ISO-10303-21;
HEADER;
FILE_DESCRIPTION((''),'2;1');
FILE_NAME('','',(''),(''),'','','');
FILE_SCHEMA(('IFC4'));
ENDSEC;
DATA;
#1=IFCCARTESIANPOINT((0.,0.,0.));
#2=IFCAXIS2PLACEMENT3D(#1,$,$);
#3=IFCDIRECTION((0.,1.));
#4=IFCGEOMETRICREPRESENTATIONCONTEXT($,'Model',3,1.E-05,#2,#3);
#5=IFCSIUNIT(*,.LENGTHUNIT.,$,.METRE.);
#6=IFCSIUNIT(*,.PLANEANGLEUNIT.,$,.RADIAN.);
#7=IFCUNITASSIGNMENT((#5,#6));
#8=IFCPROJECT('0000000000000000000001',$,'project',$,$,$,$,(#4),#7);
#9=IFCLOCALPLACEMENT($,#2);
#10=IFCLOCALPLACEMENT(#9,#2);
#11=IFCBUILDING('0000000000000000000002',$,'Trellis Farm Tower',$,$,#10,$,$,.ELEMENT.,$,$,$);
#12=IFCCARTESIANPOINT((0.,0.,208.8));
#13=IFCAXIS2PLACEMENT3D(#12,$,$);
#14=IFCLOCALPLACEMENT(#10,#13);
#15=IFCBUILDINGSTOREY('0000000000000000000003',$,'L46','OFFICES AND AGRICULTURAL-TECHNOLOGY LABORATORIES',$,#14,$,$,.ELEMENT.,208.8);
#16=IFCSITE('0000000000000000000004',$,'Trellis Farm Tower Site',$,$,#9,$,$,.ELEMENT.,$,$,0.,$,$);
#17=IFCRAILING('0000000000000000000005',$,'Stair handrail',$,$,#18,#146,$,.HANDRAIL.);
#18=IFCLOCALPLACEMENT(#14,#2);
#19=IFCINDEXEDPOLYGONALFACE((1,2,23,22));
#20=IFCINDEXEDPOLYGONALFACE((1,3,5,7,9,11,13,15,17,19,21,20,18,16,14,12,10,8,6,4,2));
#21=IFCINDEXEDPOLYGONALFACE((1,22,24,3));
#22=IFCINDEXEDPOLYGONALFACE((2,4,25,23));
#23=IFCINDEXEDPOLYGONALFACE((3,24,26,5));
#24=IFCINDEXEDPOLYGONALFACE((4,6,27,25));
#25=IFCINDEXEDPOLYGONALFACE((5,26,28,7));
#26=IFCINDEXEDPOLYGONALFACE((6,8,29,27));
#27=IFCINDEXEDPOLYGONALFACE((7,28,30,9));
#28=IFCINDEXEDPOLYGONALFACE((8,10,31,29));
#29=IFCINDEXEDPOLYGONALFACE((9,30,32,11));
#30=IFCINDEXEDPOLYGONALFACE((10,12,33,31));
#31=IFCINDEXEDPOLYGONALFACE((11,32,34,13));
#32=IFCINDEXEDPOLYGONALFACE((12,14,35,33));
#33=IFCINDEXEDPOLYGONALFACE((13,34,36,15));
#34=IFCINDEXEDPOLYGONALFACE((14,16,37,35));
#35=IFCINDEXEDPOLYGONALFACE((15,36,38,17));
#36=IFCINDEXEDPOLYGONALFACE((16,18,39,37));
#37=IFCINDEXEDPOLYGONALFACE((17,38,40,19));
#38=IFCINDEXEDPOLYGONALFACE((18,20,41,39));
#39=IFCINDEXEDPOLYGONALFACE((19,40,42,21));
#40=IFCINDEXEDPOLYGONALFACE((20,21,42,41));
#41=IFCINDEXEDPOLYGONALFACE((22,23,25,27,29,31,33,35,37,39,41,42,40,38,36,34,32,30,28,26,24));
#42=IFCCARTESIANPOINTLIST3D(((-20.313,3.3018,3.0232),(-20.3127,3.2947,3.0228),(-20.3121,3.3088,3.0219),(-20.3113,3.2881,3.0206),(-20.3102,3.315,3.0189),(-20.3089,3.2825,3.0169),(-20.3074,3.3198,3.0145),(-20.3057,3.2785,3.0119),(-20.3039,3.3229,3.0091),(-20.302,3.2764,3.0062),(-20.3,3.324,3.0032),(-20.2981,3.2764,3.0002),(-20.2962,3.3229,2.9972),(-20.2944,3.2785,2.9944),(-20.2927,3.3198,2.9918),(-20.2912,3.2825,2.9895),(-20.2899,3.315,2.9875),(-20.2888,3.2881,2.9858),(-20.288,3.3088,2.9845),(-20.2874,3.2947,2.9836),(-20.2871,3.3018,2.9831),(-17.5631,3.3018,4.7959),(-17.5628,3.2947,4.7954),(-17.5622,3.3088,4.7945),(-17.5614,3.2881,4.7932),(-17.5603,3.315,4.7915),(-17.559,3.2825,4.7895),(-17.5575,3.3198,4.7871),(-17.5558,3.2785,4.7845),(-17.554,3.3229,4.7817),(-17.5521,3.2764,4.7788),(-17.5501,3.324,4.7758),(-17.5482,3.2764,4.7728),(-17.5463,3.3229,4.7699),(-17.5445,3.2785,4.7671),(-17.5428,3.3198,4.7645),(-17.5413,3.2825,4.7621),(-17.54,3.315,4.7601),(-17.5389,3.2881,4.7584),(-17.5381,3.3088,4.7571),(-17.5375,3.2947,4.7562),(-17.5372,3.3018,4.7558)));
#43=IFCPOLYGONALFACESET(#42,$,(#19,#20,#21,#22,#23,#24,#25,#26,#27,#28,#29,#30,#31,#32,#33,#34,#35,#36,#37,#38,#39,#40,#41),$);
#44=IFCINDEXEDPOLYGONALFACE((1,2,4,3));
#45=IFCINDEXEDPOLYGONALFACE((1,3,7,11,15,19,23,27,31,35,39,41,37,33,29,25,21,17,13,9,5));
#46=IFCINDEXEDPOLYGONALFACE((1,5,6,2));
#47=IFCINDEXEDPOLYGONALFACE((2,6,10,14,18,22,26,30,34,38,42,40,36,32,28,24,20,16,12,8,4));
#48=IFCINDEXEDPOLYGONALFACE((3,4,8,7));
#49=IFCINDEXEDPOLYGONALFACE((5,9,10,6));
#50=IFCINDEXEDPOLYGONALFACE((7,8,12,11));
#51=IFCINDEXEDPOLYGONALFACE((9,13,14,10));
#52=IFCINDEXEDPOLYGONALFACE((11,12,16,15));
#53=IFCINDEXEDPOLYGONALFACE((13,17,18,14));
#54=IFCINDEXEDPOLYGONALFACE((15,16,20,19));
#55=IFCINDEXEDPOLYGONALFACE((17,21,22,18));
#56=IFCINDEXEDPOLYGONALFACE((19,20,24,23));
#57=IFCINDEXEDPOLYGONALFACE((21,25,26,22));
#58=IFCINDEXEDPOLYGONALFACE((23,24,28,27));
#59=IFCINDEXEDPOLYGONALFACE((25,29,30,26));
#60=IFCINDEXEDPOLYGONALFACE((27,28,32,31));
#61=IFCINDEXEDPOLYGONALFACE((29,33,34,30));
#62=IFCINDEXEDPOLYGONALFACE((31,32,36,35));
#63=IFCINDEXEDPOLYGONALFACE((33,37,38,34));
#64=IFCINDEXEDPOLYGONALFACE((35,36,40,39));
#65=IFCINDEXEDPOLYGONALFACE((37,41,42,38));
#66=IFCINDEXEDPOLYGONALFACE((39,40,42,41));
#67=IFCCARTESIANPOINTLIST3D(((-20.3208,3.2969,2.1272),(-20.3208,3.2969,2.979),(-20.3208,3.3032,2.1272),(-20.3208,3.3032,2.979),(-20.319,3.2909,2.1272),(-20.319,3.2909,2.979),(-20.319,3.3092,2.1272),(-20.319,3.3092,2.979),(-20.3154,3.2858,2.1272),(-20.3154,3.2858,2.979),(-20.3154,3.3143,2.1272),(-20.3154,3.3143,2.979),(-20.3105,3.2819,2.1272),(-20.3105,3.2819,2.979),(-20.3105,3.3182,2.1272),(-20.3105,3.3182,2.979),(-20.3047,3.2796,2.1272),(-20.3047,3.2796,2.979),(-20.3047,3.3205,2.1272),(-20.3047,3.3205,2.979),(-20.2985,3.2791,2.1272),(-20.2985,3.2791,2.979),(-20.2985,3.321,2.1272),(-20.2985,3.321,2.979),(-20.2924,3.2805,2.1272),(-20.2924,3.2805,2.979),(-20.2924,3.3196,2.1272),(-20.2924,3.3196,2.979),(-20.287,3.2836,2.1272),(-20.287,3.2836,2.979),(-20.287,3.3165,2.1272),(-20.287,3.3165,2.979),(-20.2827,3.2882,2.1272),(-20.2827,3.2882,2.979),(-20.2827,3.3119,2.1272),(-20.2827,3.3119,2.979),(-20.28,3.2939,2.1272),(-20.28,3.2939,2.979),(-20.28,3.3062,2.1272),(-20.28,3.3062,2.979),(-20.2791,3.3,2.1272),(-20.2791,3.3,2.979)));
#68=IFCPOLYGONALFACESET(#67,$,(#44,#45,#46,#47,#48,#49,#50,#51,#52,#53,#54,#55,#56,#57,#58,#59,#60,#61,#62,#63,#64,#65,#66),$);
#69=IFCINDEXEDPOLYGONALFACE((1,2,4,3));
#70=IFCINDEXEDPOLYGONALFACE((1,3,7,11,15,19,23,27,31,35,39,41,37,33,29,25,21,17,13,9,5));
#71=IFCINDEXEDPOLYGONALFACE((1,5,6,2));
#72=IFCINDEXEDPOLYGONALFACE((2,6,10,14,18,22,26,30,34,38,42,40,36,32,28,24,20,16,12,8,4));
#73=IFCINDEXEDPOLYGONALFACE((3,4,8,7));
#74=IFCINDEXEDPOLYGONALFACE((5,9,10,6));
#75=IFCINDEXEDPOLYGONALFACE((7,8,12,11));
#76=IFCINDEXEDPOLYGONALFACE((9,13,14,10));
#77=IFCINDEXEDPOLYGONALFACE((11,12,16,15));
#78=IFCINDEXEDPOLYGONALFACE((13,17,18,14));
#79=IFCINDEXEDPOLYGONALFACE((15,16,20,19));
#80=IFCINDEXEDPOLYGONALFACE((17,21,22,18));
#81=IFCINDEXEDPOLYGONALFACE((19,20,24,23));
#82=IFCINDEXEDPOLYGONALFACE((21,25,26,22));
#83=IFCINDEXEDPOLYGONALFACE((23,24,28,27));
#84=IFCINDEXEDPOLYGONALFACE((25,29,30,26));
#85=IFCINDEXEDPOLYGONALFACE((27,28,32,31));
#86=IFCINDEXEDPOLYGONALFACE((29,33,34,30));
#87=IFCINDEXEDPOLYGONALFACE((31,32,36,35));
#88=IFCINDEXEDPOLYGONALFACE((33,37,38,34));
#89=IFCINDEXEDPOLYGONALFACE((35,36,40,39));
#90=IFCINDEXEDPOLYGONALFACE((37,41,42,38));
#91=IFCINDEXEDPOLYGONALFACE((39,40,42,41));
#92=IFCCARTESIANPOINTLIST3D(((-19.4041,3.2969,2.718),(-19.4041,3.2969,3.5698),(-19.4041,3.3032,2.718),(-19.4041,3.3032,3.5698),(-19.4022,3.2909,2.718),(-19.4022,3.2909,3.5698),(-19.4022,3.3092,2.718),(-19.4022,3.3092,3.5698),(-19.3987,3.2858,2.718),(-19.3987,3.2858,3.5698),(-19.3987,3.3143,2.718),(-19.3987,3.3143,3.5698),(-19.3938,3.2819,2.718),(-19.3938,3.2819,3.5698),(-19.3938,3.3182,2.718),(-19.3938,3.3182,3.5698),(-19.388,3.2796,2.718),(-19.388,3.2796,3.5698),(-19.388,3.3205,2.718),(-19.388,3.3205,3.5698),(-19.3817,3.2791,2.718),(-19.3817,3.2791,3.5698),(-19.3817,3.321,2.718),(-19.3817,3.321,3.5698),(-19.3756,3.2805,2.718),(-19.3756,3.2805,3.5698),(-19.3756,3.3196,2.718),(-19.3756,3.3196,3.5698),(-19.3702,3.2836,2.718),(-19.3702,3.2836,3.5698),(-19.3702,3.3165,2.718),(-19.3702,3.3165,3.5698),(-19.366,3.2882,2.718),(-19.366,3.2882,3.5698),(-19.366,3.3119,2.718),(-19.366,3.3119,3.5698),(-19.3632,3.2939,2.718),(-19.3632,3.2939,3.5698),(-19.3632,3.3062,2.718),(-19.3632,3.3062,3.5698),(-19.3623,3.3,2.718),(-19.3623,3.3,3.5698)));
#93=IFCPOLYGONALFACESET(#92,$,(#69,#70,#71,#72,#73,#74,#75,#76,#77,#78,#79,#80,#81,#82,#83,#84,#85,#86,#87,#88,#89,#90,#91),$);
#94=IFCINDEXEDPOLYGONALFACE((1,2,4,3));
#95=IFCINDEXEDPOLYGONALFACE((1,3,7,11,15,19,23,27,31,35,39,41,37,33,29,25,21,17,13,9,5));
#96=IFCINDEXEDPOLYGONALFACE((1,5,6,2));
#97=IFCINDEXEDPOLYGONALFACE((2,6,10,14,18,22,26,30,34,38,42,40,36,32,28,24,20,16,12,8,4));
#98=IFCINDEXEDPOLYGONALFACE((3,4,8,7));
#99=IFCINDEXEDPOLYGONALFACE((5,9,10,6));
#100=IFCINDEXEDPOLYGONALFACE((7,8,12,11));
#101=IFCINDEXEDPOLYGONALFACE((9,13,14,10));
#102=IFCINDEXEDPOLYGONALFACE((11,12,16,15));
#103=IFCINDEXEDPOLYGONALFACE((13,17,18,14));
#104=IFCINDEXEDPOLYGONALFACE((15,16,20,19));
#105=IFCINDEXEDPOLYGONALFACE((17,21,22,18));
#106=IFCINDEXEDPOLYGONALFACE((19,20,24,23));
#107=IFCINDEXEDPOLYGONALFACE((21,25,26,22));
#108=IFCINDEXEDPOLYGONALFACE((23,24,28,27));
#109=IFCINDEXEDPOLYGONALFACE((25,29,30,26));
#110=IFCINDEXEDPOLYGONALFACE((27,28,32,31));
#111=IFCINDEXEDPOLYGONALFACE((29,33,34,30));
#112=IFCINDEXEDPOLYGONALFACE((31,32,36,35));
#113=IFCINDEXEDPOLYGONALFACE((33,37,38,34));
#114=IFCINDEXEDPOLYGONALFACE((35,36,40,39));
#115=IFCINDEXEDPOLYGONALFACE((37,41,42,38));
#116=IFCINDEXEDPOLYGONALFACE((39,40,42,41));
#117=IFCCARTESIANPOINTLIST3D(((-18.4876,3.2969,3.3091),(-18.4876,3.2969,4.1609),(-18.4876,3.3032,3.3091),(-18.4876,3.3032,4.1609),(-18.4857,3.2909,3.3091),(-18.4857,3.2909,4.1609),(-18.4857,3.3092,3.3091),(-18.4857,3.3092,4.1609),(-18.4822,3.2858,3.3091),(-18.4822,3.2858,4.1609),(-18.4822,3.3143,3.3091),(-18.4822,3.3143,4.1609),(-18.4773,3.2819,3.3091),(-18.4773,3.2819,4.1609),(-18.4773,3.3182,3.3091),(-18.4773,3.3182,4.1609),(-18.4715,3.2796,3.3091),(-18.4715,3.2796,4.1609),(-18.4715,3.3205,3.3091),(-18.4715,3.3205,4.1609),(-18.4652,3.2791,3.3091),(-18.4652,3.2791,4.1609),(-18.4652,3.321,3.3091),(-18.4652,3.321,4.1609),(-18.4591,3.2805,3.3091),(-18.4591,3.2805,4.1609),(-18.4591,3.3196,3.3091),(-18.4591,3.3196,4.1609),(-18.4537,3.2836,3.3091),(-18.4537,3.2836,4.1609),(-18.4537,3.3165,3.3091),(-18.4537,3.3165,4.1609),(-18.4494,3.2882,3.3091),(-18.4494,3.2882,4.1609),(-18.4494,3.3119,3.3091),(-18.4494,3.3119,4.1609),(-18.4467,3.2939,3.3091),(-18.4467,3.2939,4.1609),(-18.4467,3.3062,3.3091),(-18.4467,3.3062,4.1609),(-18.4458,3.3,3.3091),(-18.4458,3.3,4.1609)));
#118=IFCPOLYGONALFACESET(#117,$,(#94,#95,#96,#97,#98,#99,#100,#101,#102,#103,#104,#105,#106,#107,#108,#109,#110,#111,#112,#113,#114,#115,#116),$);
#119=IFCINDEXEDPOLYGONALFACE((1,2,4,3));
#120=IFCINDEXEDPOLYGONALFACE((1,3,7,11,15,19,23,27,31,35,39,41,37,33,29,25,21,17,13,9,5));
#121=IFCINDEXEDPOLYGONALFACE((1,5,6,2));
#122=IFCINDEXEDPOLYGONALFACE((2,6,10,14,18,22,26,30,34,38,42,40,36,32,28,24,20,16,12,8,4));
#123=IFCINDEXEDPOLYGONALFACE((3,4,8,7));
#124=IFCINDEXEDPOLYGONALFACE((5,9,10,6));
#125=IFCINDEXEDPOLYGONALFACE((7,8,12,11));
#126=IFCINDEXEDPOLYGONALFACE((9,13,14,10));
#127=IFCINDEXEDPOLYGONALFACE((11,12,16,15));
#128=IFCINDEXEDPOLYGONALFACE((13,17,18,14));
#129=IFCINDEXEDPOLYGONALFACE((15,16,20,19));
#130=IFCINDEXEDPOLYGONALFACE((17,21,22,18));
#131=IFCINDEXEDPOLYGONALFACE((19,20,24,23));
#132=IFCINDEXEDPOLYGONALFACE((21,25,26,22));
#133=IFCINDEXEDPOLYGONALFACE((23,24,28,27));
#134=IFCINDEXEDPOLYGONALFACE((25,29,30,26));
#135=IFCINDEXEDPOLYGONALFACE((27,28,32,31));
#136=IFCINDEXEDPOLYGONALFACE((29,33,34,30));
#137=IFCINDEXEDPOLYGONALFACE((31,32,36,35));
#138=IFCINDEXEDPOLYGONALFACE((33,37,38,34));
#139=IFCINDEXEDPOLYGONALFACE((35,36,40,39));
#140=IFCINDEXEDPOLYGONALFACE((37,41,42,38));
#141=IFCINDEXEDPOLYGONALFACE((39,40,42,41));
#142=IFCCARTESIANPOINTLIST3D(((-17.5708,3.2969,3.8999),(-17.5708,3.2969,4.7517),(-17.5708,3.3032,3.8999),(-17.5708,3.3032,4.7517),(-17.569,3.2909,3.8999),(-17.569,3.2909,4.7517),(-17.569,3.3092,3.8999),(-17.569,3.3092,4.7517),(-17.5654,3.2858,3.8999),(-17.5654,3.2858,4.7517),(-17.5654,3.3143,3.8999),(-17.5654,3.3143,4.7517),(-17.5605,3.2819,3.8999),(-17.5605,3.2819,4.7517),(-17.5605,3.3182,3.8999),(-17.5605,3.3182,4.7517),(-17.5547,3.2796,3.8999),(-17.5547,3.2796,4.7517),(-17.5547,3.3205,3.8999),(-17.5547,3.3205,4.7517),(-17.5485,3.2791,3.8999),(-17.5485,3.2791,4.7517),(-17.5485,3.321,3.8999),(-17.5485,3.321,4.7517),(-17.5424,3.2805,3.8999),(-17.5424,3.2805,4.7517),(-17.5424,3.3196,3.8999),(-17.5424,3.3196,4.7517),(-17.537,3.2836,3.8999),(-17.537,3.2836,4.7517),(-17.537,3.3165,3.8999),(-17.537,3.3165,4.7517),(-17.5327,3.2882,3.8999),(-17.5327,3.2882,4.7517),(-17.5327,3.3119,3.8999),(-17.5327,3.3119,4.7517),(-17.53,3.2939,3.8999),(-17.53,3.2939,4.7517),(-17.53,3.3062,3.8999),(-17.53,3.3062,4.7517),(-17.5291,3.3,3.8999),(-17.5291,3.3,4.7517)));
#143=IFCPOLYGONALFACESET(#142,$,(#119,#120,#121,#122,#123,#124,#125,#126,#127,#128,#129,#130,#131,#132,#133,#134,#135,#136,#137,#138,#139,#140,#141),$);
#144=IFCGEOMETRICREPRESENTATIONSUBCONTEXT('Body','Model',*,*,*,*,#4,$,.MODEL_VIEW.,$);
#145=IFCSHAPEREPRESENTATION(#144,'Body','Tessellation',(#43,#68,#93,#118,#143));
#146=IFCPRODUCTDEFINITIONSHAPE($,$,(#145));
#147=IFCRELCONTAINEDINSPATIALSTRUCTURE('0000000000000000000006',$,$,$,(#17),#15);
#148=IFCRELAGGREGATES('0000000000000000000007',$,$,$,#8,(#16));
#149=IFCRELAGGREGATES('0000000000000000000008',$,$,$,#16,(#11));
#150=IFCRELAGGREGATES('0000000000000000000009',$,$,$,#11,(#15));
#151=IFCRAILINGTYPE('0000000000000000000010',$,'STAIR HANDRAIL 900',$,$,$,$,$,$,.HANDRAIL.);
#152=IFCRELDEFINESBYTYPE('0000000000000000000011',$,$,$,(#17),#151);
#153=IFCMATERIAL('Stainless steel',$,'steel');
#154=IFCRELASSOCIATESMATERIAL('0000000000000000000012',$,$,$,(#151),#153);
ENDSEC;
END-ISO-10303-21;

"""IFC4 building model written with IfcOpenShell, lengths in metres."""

from ifc_helpers import new_model, si_unit, direction, frame, origin, origin_2d, place, context, subcontext, project, spatial, circle, extrude, source, transform, mapped, material, type_object, element, save


model = new_model("IFC4")

# Units and contexts
model_context = context("Model", 3, precision=1e-05, world=origin(), true_north=direction((0.0, 1.0)))
body_context = subcontext(model_context, "Body", "Model", "MODEL_VIEW")
ifc_project = project(units=[si_unit("LENGTHUNIT", "METRE"), si_unit("PLANEANGLEUNIT", "RADIAN")], contexts=[model_context])

# Site, building, storey
site_placement = place(None, origin())
site = spatial("IfcSite", under=ifc_project, at=site_placement, Name="Trellis Farm Tower Site", CompositionType="ELEMENT", RefElevation=0.0)
building_placement = place(site_placement, origin())
building = spatial("IfcBuilding", under=site, at=building_placement, Name="Trellis Farm Tower", CompositionType="ELEMENT")
storey_placement = place(building_placement, frame((0.0, 0.0, 208.8)))
storey = spatial("IfcBuildingStorey", under=building, at=storey_placement, Name="L46", Description="OFFICES AND AGRICULTURAL-TECHNOLOGY LABORATORIES", CompositionType="ELEMENT", Elevation=208.8)

# Railing
ifc_material_1 = material(Name="Stainless steel", Category="steel")
railing_type_1 = type_object("IfcRailingType", Name="STAIR HANDRAIL 900", PredefinedType="HANDRAIL", material=ifc_material_1)
shared_shape_1 = source(origin(), body_context, "Body", "SweptSolid", [
    extrude(circle(Radius=0.0239, at=origin_2d()), frame((0.0, 0.0, 0.876), z_axis=(0.840504, 0.0, 0.541806), x_axis=(0.0, 1.0, 0.0)), (0.0, 0.0, 1.0), 3.2717),
    extrude(circle(Radius=0.021, at=origin_2d()), origin(), (0.0, 0.0, 1.0), 0.8518),
    extrude(circle(Radius=0.021, at=origin_2d()), frame((0.9167, 0.0, 0.5908)), (0.0, 0.0, 1.0), 0.8518),
    extrude(circle(Radius=0.021, at=origin_2d()), frame((1.8333, 0.0, 1.1819)), (0.0, 0.0, 1.0), 0.8518),
    extrude(circle(Radius=0.021, at=origin_2d()), frame((2.75, 0.0, 1.7727)), (0.0, 0.0, 1.0), 0.8518),
])
for number, where, name in (
    (1, (-20.3, 3.3, 2.1272), "Stair handrail"),
):
    element("IfcRailing", number, at=place(storey_placement, frame(where)), inside=storey, type_object=railing_type_1, Name=name, PredefinedType="HANDRAIL", context=body_context, shape_type="MappedRepresentation", body=[
        mapped(shared_shape_1, transform((0.0, 0.0, 0.0))),
    ])

save(model, "model.ifc")
